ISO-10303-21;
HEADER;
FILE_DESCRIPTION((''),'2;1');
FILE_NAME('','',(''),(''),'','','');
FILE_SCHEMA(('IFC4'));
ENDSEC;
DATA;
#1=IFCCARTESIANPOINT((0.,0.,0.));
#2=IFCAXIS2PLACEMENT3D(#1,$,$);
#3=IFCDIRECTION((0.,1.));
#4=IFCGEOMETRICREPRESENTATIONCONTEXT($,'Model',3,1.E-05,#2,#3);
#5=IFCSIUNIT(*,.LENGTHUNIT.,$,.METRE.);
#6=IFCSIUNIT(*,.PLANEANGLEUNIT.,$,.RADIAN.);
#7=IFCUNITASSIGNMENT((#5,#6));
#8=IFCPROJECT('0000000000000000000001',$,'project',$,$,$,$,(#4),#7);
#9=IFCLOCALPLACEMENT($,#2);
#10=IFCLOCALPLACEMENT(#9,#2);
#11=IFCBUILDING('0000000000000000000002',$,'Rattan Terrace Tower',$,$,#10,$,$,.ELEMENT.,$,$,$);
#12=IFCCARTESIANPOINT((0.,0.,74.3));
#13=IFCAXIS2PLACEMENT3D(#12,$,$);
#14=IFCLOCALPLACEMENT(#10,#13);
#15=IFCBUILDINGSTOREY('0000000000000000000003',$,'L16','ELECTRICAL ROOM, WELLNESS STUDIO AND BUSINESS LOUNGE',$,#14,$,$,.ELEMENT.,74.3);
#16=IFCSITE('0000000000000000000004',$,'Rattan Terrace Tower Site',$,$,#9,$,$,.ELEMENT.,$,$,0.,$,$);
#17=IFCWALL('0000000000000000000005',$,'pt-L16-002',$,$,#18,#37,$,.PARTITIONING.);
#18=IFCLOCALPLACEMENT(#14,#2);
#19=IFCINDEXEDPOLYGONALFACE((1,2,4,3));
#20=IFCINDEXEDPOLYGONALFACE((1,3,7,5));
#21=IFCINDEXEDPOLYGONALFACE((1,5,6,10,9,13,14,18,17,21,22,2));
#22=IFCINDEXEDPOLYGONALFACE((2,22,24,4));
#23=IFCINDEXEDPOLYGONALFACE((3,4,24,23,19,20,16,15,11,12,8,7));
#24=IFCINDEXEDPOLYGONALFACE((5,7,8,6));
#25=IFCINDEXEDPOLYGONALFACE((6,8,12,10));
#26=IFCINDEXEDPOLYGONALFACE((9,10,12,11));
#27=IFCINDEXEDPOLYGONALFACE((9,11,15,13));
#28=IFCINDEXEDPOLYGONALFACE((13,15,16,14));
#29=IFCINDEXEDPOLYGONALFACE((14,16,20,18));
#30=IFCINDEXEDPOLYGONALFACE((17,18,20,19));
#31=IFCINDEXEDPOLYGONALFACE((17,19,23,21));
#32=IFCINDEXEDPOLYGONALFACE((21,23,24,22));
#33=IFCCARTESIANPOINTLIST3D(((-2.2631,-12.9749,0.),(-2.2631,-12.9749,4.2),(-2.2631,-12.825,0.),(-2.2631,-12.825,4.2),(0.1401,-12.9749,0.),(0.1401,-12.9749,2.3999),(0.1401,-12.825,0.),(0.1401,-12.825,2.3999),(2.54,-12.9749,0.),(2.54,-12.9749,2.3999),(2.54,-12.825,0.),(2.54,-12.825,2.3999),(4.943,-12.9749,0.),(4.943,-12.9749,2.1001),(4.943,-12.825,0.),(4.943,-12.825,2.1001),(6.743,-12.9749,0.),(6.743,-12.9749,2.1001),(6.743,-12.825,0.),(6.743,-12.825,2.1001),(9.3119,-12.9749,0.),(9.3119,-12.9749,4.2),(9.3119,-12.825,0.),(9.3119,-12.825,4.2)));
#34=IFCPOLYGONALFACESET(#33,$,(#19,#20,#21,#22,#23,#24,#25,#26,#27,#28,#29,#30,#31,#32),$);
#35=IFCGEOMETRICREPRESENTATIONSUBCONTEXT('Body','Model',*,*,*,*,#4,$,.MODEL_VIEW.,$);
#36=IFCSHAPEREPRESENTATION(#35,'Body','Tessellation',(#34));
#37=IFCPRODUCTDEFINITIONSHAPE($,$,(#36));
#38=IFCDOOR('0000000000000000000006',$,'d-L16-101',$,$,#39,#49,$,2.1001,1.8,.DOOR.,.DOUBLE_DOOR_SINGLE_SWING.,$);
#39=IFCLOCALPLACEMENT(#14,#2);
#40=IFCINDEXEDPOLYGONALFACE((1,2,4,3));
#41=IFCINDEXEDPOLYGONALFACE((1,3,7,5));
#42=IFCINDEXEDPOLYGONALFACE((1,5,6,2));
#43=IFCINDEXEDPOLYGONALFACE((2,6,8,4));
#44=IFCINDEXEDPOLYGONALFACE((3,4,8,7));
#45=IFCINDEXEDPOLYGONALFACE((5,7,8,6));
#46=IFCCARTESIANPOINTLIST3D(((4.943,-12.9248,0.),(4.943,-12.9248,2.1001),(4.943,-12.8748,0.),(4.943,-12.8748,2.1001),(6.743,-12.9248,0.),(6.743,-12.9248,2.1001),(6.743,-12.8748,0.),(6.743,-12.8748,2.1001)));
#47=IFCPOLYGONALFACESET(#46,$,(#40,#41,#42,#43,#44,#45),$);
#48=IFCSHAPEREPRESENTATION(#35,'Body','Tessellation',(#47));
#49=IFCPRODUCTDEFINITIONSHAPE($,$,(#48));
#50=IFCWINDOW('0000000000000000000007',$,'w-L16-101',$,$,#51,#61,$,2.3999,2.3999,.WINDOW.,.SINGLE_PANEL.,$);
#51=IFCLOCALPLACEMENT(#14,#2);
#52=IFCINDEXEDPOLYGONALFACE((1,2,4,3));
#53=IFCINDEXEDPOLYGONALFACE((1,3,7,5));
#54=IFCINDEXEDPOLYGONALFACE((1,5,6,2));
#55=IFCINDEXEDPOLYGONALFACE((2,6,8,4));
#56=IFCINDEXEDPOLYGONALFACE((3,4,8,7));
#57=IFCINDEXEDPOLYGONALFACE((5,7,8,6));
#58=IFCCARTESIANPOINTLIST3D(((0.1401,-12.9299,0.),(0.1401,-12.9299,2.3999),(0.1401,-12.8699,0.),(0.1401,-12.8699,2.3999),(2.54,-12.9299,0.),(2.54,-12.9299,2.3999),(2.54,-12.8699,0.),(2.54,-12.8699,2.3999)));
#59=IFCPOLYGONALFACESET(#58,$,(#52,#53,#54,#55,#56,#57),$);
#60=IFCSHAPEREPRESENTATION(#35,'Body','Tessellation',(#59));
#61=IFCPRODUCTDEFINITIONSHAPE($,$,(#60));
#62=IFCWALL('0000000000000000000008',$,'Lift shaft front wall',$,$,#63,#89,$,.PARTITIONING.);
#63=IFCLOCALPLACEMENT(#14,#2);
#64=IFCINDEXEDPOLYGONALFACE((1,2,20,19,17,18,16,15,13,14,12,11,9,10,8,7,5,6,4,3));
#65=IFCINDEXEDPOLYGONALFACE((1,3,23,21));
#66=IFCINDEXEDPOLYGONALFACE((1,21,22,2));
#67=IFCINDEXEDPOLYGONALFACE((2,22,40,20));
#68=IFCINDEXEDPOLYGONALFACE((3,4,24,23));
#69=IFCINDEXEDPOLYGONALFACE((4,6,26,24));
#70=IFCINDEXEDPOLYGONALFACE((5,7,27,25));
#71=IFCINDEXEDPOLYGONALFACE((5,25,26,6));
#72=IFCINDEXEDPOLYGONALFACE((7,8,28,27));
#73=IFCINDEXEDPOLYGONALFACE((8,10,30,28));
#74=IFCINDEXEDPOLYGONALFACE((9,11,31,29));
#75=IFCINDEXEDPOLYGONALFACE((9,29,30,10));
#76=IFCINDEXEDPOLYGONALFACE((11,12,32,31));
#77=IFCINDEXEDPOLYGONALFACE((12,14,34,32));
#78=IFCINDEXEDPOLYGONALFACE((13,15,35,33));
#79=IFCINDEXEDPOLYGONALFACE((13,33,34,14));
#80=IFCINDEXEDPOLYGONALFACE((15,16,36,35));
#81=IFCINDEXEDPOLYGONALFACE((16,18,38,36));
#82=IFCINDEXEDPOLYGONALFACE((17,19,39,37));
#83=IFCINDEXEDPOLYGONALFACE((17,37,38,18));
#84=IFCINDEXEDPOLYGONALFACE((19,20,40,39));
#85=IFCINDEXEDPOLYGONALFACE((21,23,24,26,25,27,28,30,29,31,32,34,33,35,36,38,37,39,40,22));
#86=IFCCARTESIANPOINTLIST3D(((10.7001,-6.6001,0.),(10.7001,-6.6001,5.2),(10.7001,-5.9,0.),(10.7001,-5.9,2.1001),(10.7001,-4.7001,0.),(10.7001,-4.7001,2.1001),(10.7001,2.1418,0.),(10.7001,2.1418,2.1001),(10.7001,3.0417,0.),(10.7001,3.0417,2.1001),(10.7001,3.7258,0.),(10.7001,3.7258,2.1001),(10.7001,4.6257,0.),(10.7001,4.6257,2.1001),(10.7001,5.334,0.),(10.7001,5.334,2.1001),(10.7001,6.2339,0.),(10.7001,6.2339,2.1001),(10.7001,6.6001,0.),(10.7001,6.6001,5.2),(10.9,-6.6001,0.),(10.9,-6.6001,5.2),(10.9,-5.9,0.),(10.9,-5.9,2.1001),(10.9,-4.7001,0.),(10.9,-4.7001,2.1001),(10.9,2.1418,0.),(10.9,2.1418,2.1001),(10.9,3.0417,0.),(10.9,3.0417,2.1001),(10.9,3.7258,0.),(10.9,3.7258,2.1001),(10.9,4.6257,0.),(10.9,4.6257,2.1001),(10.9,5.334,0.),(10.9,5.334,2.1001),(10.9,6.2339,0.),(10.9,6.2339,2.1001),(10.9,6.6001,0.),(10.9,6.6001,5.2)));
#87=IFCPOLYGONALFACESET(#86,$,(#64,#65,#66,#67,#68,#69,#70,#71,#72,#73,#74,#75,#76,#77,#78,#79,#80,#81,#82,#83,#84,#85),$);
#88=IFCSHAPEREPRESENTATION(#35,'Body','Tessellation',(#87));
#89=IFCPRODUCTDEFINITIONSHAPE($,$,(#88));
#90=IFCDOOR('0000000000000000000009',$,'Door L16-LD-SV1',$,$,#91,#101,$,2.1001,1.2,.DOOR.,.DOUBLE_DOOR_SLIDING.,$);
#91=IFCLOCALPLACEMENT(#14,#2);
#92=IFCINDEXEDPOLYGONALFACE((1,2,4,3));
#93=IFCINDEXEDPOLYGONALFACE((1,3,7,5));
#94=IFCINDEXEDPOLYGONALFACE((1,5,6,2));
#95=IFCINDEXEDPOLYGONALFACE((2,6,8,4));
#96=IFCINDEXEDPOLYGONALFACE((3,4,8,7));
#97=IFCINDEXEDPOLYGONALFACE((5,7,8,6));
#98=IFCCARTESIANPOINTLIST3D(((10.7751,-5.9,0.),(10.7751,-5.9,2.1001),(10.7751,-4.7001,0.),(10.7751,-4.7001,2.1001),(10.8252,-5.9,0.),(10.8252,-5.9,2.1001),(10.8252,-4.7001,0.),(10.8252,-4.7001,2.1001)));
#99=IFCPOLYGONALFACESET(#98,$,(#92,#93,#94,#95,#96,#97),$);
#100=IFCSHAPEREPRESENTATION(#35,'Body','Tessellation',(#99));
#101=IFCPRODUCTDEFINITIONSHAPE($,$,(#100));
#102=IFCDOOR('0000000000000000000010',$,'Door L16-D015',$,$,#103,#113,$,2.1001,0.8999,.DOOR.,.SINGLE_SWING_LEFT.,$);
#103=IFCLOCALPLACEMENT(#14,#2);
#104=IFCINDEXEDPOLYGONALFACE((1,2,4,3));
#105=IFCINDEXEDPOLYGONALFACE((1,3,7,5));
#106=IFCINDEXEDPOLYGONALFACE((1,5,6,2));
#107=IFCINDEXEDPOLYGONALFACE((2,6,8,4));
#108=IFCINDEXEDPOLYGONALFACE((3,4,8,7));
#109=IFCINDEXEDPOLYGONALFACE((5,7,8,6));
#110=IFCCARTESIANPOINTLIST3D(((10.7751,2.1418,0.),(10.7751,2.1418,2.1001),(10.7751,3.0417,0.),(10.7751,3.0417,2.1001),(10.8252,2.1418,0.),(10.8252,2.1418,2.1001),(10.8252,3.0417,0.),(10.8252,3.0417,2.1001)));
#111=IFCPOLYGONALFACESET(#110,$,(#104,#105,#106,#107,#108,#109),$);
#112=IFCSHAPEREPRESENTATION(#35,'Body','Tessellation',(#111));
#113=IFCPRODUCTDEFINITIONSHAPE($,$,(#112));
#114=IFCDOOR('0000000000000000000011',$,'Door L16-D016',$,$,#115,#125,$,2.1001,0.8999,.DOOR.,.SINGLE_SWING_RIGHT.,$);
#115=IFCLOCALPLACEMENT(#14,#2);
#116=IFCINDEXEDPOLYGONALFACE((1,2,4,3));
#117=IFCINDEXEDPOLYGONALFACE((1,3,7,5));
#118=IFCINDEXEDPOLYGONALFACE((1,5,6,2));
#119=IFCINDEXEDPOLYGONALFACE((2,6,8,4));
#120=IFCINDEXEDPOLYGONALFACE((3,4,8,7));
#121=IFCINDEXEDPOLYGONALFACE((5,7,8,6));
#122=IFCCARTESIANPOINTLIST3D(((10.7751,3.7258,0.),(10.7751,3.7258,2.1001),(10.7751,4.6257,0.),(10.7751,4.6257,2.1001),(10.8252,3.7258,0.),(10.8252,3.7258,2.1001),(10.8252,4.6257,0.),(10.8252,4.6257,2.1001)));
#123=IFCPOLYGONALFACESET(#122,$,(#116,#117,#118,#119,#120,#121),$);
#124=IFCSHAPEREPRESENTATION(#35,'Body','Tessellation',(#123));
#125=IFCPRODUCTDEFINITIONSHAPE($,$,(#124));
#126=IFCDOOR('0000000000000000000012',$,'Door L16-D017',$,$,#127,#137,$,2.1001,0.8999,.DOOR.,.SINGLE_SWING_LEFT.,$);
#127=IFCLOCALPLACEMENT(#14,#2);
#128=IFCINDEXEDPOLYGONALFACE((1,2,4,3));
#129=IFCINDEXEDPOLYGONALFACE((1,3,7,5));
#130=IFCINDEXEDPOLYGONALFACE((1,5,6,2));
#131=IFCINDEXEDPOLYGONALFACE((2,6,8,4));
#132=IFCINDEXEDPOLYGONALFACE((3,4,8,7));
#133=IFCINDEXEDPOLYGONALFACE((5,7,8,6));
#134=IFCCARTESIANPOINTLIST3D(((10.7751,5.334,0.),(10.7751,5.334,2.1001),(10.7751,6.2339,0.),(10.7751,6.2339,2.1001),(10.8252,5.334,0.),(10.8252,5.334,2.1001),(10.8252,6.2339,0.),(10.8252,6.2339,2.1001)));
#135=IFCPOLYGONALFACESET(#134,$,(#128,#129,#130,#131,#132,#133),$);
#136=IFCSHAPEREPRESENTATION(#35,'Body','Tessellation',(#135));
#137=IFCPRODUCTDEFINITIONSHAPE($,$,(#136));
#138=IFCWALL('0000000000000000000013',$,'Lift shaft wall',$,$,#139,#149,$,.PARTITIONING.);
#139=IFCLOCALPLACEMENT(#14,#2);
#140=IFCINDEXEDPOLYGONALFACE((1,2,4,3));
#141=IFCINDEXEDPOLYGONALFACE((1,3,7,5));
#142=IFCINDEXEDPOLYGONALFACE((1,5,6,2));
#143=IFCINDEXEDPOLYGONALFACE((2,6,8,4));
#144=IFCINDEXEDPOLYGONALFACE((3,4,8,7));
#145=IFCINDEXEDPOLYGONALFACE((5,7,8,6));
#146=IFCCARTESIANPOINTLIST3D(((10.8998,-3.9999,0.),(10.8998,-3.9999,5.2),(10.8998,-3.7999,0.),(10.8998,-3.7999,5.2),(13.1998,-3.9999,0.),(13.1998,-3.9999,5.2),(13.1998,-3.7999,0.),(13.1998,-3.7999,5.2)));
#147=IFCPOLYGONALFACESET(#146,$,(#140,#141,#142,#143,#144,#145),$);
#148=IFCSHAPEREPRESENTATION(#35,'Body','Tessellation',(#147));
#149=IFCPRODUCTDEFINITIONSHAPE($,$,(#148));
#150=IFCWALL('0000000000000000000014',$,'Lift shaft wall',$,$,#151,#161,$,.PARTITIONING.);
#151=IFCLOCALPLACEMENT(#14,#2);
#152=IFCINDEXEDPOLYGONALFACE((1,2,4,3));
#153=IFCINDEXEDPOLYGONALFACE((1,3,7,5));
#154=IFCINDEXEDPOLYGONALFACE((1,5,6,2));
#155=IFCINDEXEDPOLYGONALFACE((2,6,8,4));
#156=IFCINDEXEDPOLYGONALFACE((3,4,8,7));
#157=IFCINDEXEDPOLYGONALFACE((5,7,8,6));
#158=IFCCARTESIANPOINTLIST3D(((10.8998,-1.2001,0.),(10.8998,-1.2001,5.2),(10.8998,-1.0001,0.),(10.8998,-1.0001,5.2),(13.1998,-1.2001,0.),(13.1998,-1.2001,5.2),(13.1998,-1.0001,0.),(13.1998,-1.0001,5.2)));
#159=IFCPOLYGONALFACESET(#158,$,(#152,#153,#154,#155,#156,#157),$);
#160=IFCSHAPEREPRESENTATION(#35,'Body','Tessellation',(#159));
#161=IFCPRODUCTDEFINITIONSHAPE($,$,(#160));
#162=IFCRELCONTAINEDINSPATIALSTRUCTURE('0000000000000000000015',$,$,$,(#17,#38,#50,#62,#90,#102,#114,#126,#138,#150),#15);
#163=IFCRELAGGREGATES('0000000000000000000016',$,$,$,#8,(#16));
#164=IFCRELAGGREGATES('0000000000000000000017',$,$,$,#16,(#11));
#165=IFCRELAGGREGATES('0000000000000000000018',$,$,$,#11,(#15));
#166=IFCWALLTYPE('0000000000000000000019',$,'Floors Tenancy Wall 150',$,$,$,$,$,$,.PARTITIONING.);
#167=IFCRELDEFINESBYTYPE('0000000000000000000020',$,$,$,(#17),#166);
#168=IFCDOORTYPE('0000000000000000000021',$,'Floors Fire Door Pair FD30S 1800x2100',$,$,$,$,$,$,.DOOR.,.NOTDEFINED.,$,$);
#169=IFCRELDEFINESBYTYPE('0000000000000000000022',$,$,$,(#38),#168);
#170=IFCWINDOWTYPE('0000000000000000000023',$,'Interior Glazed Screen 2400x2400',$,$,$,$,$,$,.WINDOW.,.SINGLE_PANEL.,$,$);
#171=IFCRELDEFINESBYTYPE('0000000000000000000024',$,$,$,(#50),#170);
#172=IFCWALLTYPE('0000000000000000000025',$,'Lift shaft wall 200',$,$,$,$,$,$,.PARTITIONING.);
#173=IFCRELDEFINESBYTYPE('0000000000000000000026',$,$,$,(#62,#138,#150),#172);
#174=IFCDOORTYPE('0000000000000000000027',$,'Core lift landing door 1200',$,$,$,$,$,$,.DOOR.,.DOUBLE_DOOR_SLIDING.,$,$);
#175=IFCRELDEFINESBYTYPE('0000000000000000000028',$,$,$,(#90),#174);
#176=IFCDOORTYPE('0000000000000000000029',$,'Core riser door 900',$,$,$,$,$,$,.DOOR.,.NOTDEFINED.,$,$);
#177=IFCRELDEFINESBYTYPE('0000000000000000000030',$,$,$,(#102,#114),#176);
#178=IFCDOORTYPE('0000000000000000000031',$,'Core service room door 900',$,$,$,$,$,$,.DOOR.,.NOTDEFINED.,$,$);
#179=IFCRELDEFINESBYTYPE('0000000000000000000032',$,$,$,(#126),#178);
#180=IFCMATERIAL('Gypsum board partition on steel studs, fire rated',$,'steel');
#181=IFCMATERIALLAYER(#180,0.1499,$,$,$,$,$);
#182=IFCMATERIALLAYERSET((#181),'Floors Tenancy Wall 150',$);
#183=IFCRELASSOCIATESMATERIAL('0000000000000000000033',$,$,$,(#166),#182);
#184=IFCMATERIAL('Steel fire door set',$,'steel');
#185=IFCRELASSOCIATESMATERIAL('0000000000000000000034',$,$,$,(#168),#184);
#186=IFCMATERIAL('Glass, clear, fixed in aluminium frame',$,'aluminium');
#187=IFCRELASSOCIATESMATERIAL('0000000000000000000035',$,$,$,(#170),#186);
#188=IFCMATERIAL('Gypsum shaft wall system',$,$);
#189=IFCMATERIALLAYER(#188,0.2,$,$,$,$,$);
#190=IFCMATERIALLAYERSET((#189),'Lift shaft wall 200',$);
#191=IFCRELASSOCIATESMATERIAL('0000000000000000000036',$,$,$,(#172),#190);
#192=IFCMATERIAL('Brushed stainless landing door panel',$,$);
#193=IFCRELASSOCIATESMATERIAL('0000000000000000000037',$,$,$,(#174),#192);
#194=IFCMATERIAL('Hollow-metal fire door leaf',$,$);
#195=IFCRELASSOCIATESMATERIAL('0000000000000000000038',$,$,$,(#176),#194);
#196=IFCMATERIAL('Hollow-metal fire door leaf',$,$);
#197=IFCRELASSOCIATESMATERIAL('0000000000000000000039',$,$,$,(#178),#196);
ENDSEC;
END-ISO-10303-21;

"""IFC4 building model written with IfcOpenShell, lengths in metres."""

from ifc_helpers import new_model, si_unit, direction, frame, frame_2d, origin, place, context, subcontext, project, spatial, rectangle, extrude, material, layer, layer_set, type_object, element, fill, save


model = new_model("IFC4")

# Units and contexts
model_context = context("Model", 3, precision=1e-05, world=origin(), true_north=direction((0.0, 1.0)))
body_context = subcontext(model_context, "Body", "Model", "MODEL_VIEW")
ifc_project = project(units=[si_unit("LENGTHUNIT", "METRE"), si_unit("PLANEANGLEUNIT", "RADIAN")], contexts=[model_context])

# Site, building, storey
site_placement = place(None, origin())
site = spatial("IfcSite", under=ifc_project, at=site_placement, Name="Rattan Terrace Tower Site", CompositionType="ELEMENT", RefElevation=0.0)
building_placement = place(site_placement, origin())
building = spatial("IfcBuilding", under=site, at=building_placement, Name="Rattan Terrace Tower", CompositionType="ELEMENT")
storey_placement = place(building_placement, frame((0.0, 0.0, 74.3)))
storey = spatial("IfcBuildingStorey", under=building, at=storey_placement, Name="L16", Description="ELECTRICAL ROOM, WELLNESS STUDIO AND BUSINESS LOUNGE", CompositionType="ELEMENT", Elevation=74.3)

# Wall, openings, door, window
ifc_material_1 = material(Name="Gypsum board partition on steel studs, fire rated", Category="steel")
ifc_layer_1 = layer(ifc_material_1, 0.1499)
ifc_layer_set_1 = layer_set([ifc_layer_1], Name="Floors Tenancy Wall 150")
wall_type_1 = type_object("IfcWallType", Name="Floors Tenancy Wall 150", PredefinedType="PARTITIONING", material=ifc_layer_set_1)
wall_1_placement = place(storey_placement, frame((9.312, -12.8999, 0.0), z_axis=(0.0, 0.0, 1.0), x_axis=(-1.0, 0.0, 0.0)))
wall_1 = element("IfcWall", 1, at=wall_1_placement, inside=storey, type_object=wall_type_1, Name="pt-L16-002", PredefinedType="PARTITIONING", context=body_context, shape_type="SweptSolid", body=[
    extrude(rectangle(XDim=11.575, YDim=0.1499, at=frame_2d((5.7876, 0.0))), origin(), (0.0, 0.0, 1.0), 4.2),
])
opening_1_placement = place(wall_1_placement, frame((2.5691, 0.0, 0.0)))
opening_1 = element("IfcOpeningElement", 2, at=opening_1_placement, cuts=wall_1, PredefinedType="OPENING", context=body_context, shape_type="SweptSolid", body=[
    extrude(rectangle(XDim=1.8, YDim=2.1001, at=frame_2d((0.8999, 1.05))), frame((0.0, 0.0854, 0.0), z_axis=(0.0, -1.0, 0.0), x_axis=(1.0, 0.0, 0.0)), (0.0, 0.0, 1.0), 0.1709),
])
opening_2_placement = place(wall_1_placement, frame((6.772, 0.0, 0.0)))
opening_2 = element("IfcOpeningElement", 3, at=opening_2_placement, cuts=wall_1, PredefinedType="OPENING", context=body_context, shape_type="SweptSolid", body=[
    extrude(rectangle(XDim=2.3999, YDim=2.3999, at=frame_2d((1.2, 1.2))), frame((0.0, 0.0854, 0.0), z_axis=(0.0, -1.0, 0.0), x_axis=(1.0, 0.0, 0.0)), (0.0, 0.0, 1.0), 0.1709),
])
ifc_material_2 = material(Name="Steel fire door set", Category="steel")
door_type_1 = type_object("IfcDoorType", Name="Floors Fire Door Pair FD30S 1800x2100", OperationType="NOTDEFINED", PredefinedType="DOOR", material=ifc_material_2)
door_1_placement = place(opening_1_placement, origin())
door_1 = element("IfcDoor", 4, at=door_1_placement, inside=storey, type_object=door_type_1, Name="d-L16-101", OperationType="DOUBLE_DOOR_SINGLE_SWING", OverallHeight=2.1001, OverallWidth=1.8, PredefinedType="DOOR", context=body_context, shape_type="SweptSolid", body=[
    extrude(rectangle(XDim=1.8, YDim=2.1001, at=frame_2d((0.8999, 1.05))), frame((0.0, 0.0249, 0.0), z_axis=(0.0, -1.0, 0.0), x_axis=(1.0, 0.0, 0.0)), (0.0, 0.0, 1.0), 0.05),
])
fill(opening_1, door_1)
ifc_material_3 = material(Name="Glass, clear, fixed in aluminium frame", Category="aluminium")
window_type = type_object("IfcWindowType", Name="Interior Glazed Screen 2400x2400", PartitioningType="SINGLE_PANEL", PredefinedType="WINDOW", material=ifc_material_3)
window_placement = place(opening_2_placement, origin())
window = element("IfcWindow", 5, at=window_placement, inside=storey, type_object=window_type, Name="w-L16-101", OverallHeight=2.3999, OverallWidth=2.3999, PartitioningType="SINGLE_PANEL", PredefinedType="WINDOW", context=body_context, shape_type="SweptSolid", body=[
    extrude(rectangle(XDim=2.3999, YDim=2.3999, at=frame_2d((1.2, 1.2))), frame((0.0, 0.03, 0.0), z_axis=(0.0, -1.0, 0.0), x_axis=(1.0, 0.0, 0.0)), (0.0, 0.0, 1.0), 0.0601),
])
fill(opening_2, window)

# Wall, openings, doors
ifc_material_4 = material(Name="Gypsum shaft wall system")
ifc_layer_2 = layer(ifc_material_4, 0.2)
ifc_layer_set_2 = layer_set([ifc_layer_2], Name="Lift shaft wall 200")
wall_type_2 = type_object("IfcWallType", Name="Lift shaft wall 200", PredefinedType="PARTITIONING", material=ifc_layer_set_2)
wall_2_placement = place(storey_placement, frame((10.8, -6.6001, 0.0), z_axis=(0.0, 0.0, 1.0), x_axis=(0.0, 1.0, 0.0)))
wall_2 = element("IfcWall", 6, at=wall_2_placement, inside=storey, type_object=wall_type_2, Name="Lift shaft front wall", PredefinedType="PARTITIONING", context=body_context, shape_type="SweptSolid", body=[
    extrude(rectangle(XDim=13.2002, YDim=0.2, at=frame_2d((6.6001, 0.0))), origin(), (0.0, 0.0, 1.0), 5.2),
])
opening_3_placement = place(wall_2_placement, frame((0.7, 0.0, 0.0)))
opening_3 = element("IfcOpeningElement", 7, at=opening_3_placement, cuts=wall_2, PredefinedType="OPENING", context=body_context, shape_type="SweptSolid", body=[
    extrude(rectangle(XDim=1.2, YDim=2.1001, at=frame_2d((0.6001, 1.05))), frame((0.0, 0.1106, 0.0), z_axis=(0.0, -1.0, 0.0), x_axis=(1.0, 0.0, 0.0)), (0.0, 0.0, 1.0), 0.2209),
])
opening_4_placement = place(wall_2_placement, frame((8.7419, 0.0, 0.0)))
opening_4 = element("IfcOpeningElement", 8, at=opening_4_placement, cuts=wall_2, PredefinedType="OPENING", context=body_context, shape_type="SweptSolid", body=[
    extrude(rectangle(XDim=0.8999, YDim=2.1001, at=frame_2d((0.45, 1.05))), frame((0.0, 0.1106, 0.0), z_axis=(0.0, -1.0, 0.0), x_axis=(1.0, 0.0, 0.0)), (0.0, 0.0, 1.0), 0.2209),
])
opening_5_placement = place(wall_2_placement, frame((10.3259, 0.0, 0.0)))
opening_5 = element("IfcOpeningElement", 9, at=opening_5_placement, cuts=wall_2, PredefinedType="OPENING", context=body_context, shape_type="SweptSolid", body=[
    extrude(rectangle(XDim=0.8999, YDim=2.1001, at=frame_2d((0.45, 1.05))), frame((0.0, 0.1106, 0.0), z_axis=(0.0, -1.0, 0.0), x_axis=(1.0, 0.0, 0.0)), (0.0, 0.0, 1.0), 0.2209),
])
opening_6_placement = place(wall_2_placement, frame((11.9341, 0.0, 0.0)))
opening_6 = element("IfcOpeningElement", 10, at=opening_6_placement, cuts=wall_2, PredefinedType="OPENING", context=body_context, shape_type="SweptSolid", body=[
    extrude(rectangle(XDim=0.8999, YDim=2.1001, at=frame_2d((0.45, 1.05))), frame((0.0, 0.1106, 0.0), z_axis=(0.0, -1.0, 0.0), x_axis=(1.0, 0.0, 0.0)), (0.0, 0.0, 1.0), 0.2209),
])
ifc_material_5 = material(Name="Brushed stainless landing door panel")
door_type_2 = type_object("IfcDoorType", Name="Core lift landing door 1200", OperationType="DOUBLE_DOOR_SLIDING", PredefinedType="DOOR", material=ifc_material_5)
door_2_placement = place(opening_3_placement, origin())
door_2 = element("IfcDoor", 11, at=door_2_placement, inside=storey, type_object=door_type_2, Name="Door L16-LD-SV1", OperationType="DOUBLE_DOOR_SLIDING", OverallHeight=2.1001, OverallWidth=1.2, PredefinedType="DOOR", context=body_context, shape_type="SweptSolid", body=[
    extrude(rectangle(XDim=1.2, YDim=2.1001, at=frame_2d((0.6001, 1.05))), frame((0.0, 0.0249, 0.0), z_axis=(0.0, -1.0, 0.0), x_axis=(1.0, 0.0, 0.0)), (0.0, 0.0, 1.0), 0.05),
])
fill(opening_3, door_2)
ifc_material_6 = material(Name="Hollow-metal fire door leaf")
door_type_3 = type_object("IfcDoorType", Name="Core riser door 900", OperationType="NOTDEFINED", PredefinedType="DOOR", material=ifc_material_6)
door_3_placement = place(opening_4_placement, origin())
door_3 = element("IfcDoor", 12, at=door_3_placement, inside=storey, type_object=door_type_3, Name="Door L16-D015", OperationType="SINGLE_SWING_LEFT", OverallHeight=2.1001, OverallWidth=0.8999, PredefinedType="DOOR", context=body_context, shape_type="SweptSolid", body=[
    extrude(rectangle(XDim=0.8999, YDim=2.1001, at=frame_2d((0.45, 1.05))), frame((0.0, 0.0249, 0.0), z_axis=(0.0, -1.0, 0.0), x_axis=(1.0, 0.0, 0.0)), (0.0, 0.0, 1.0), 0.05),
])
fill(opening_4, door_3)
door_4_placement = place(opening_5_placement, origin())
door_4 = element("IfcDoor", 13, at=door_4_placement, inside=storey, type_object=door_type_3, Name="Door L16-D016", OperationType="SINGLE_SWING_RIGHT", OverallHeight=2.1001, OverallWidth=0.8999, PredefinedType="DOOR", context=body_context, shape_type="SweptSolid", body=[
    extrude(rectangle(XDim=0.8999, YDim=2.1001, at=frame_2d((0.45, 1.05))), frame((0.0, 0.0249, 0.0), z_axis=(0.0, -1.0, 0.0), x_axis=(1.0, 0.0, 0.0)), (0.0, 0.0, 1.0), 0.05),
])
fill(opening_5, door_4)
ifc_material_7 = material(Name="Hollow-metal fire door leaf")
door_type_4 = type_object("IfcDoorType", Name="Core service room door 900", OperationType="NOTDEFINED", PredefinedType="DOOR", material=ifc_material_7)
door_5_placement = place(opening_6_placement, origin())
door_5 = element("IfcDoor", 14, at=door_5_placement, inside=storey, type_object=door_type_4, Name="Door L16-D017", OperationType="SINGLE_SWING_LEFT", OverallHeight=2.1001, OverallWidth=0.8999, PredefinedType="DOOR", context=body_context, shape_type="SweptSolid", body=[
    extrude(rectangle(XDim=0.8999, YDim=2.1001, at=frame_2d((0.45, 1.05))), frame((0.0, 0.0249, 0.0), z_axis=(0.0, -1.0, 0.0), x_axis=(1.0, 0.0, 0.0)), (0.0, 0.0, 1.0), 0.05),
])
fill(opening_6, door_5)

# Walls
for number, where, z_axis, x_axis, name in (
    (15, (10.8999, -3.8999, 0.0), (0.0, 0.0, 1.0), (1.0, 0.0, 0.0), "Lift shaft wall"),
    (16, (10.8999, -1.1001, 0.0), (0.0, 0.0, 1.0), (1.0, 0.0, 0.0), "Lift shaft wall"),
):
    element("IfcWall", number, at=place(storey_placement, frame(where, z_axis=z_axis, x_axis=x_axis)), inside=storey, type_object=wall_type_2, Name=name, PredefinedType="PARTITIONING", context=body_context, shape_type="SweptSolid", body=[
        extrude(rectangle(XDim=2.3, YDim=0.2, at=frame_2d((1.1499, 0.0))), origin(), (0.0, 0.0, 1.0), 5.2),
    ])

save(model, "model.ifc")
